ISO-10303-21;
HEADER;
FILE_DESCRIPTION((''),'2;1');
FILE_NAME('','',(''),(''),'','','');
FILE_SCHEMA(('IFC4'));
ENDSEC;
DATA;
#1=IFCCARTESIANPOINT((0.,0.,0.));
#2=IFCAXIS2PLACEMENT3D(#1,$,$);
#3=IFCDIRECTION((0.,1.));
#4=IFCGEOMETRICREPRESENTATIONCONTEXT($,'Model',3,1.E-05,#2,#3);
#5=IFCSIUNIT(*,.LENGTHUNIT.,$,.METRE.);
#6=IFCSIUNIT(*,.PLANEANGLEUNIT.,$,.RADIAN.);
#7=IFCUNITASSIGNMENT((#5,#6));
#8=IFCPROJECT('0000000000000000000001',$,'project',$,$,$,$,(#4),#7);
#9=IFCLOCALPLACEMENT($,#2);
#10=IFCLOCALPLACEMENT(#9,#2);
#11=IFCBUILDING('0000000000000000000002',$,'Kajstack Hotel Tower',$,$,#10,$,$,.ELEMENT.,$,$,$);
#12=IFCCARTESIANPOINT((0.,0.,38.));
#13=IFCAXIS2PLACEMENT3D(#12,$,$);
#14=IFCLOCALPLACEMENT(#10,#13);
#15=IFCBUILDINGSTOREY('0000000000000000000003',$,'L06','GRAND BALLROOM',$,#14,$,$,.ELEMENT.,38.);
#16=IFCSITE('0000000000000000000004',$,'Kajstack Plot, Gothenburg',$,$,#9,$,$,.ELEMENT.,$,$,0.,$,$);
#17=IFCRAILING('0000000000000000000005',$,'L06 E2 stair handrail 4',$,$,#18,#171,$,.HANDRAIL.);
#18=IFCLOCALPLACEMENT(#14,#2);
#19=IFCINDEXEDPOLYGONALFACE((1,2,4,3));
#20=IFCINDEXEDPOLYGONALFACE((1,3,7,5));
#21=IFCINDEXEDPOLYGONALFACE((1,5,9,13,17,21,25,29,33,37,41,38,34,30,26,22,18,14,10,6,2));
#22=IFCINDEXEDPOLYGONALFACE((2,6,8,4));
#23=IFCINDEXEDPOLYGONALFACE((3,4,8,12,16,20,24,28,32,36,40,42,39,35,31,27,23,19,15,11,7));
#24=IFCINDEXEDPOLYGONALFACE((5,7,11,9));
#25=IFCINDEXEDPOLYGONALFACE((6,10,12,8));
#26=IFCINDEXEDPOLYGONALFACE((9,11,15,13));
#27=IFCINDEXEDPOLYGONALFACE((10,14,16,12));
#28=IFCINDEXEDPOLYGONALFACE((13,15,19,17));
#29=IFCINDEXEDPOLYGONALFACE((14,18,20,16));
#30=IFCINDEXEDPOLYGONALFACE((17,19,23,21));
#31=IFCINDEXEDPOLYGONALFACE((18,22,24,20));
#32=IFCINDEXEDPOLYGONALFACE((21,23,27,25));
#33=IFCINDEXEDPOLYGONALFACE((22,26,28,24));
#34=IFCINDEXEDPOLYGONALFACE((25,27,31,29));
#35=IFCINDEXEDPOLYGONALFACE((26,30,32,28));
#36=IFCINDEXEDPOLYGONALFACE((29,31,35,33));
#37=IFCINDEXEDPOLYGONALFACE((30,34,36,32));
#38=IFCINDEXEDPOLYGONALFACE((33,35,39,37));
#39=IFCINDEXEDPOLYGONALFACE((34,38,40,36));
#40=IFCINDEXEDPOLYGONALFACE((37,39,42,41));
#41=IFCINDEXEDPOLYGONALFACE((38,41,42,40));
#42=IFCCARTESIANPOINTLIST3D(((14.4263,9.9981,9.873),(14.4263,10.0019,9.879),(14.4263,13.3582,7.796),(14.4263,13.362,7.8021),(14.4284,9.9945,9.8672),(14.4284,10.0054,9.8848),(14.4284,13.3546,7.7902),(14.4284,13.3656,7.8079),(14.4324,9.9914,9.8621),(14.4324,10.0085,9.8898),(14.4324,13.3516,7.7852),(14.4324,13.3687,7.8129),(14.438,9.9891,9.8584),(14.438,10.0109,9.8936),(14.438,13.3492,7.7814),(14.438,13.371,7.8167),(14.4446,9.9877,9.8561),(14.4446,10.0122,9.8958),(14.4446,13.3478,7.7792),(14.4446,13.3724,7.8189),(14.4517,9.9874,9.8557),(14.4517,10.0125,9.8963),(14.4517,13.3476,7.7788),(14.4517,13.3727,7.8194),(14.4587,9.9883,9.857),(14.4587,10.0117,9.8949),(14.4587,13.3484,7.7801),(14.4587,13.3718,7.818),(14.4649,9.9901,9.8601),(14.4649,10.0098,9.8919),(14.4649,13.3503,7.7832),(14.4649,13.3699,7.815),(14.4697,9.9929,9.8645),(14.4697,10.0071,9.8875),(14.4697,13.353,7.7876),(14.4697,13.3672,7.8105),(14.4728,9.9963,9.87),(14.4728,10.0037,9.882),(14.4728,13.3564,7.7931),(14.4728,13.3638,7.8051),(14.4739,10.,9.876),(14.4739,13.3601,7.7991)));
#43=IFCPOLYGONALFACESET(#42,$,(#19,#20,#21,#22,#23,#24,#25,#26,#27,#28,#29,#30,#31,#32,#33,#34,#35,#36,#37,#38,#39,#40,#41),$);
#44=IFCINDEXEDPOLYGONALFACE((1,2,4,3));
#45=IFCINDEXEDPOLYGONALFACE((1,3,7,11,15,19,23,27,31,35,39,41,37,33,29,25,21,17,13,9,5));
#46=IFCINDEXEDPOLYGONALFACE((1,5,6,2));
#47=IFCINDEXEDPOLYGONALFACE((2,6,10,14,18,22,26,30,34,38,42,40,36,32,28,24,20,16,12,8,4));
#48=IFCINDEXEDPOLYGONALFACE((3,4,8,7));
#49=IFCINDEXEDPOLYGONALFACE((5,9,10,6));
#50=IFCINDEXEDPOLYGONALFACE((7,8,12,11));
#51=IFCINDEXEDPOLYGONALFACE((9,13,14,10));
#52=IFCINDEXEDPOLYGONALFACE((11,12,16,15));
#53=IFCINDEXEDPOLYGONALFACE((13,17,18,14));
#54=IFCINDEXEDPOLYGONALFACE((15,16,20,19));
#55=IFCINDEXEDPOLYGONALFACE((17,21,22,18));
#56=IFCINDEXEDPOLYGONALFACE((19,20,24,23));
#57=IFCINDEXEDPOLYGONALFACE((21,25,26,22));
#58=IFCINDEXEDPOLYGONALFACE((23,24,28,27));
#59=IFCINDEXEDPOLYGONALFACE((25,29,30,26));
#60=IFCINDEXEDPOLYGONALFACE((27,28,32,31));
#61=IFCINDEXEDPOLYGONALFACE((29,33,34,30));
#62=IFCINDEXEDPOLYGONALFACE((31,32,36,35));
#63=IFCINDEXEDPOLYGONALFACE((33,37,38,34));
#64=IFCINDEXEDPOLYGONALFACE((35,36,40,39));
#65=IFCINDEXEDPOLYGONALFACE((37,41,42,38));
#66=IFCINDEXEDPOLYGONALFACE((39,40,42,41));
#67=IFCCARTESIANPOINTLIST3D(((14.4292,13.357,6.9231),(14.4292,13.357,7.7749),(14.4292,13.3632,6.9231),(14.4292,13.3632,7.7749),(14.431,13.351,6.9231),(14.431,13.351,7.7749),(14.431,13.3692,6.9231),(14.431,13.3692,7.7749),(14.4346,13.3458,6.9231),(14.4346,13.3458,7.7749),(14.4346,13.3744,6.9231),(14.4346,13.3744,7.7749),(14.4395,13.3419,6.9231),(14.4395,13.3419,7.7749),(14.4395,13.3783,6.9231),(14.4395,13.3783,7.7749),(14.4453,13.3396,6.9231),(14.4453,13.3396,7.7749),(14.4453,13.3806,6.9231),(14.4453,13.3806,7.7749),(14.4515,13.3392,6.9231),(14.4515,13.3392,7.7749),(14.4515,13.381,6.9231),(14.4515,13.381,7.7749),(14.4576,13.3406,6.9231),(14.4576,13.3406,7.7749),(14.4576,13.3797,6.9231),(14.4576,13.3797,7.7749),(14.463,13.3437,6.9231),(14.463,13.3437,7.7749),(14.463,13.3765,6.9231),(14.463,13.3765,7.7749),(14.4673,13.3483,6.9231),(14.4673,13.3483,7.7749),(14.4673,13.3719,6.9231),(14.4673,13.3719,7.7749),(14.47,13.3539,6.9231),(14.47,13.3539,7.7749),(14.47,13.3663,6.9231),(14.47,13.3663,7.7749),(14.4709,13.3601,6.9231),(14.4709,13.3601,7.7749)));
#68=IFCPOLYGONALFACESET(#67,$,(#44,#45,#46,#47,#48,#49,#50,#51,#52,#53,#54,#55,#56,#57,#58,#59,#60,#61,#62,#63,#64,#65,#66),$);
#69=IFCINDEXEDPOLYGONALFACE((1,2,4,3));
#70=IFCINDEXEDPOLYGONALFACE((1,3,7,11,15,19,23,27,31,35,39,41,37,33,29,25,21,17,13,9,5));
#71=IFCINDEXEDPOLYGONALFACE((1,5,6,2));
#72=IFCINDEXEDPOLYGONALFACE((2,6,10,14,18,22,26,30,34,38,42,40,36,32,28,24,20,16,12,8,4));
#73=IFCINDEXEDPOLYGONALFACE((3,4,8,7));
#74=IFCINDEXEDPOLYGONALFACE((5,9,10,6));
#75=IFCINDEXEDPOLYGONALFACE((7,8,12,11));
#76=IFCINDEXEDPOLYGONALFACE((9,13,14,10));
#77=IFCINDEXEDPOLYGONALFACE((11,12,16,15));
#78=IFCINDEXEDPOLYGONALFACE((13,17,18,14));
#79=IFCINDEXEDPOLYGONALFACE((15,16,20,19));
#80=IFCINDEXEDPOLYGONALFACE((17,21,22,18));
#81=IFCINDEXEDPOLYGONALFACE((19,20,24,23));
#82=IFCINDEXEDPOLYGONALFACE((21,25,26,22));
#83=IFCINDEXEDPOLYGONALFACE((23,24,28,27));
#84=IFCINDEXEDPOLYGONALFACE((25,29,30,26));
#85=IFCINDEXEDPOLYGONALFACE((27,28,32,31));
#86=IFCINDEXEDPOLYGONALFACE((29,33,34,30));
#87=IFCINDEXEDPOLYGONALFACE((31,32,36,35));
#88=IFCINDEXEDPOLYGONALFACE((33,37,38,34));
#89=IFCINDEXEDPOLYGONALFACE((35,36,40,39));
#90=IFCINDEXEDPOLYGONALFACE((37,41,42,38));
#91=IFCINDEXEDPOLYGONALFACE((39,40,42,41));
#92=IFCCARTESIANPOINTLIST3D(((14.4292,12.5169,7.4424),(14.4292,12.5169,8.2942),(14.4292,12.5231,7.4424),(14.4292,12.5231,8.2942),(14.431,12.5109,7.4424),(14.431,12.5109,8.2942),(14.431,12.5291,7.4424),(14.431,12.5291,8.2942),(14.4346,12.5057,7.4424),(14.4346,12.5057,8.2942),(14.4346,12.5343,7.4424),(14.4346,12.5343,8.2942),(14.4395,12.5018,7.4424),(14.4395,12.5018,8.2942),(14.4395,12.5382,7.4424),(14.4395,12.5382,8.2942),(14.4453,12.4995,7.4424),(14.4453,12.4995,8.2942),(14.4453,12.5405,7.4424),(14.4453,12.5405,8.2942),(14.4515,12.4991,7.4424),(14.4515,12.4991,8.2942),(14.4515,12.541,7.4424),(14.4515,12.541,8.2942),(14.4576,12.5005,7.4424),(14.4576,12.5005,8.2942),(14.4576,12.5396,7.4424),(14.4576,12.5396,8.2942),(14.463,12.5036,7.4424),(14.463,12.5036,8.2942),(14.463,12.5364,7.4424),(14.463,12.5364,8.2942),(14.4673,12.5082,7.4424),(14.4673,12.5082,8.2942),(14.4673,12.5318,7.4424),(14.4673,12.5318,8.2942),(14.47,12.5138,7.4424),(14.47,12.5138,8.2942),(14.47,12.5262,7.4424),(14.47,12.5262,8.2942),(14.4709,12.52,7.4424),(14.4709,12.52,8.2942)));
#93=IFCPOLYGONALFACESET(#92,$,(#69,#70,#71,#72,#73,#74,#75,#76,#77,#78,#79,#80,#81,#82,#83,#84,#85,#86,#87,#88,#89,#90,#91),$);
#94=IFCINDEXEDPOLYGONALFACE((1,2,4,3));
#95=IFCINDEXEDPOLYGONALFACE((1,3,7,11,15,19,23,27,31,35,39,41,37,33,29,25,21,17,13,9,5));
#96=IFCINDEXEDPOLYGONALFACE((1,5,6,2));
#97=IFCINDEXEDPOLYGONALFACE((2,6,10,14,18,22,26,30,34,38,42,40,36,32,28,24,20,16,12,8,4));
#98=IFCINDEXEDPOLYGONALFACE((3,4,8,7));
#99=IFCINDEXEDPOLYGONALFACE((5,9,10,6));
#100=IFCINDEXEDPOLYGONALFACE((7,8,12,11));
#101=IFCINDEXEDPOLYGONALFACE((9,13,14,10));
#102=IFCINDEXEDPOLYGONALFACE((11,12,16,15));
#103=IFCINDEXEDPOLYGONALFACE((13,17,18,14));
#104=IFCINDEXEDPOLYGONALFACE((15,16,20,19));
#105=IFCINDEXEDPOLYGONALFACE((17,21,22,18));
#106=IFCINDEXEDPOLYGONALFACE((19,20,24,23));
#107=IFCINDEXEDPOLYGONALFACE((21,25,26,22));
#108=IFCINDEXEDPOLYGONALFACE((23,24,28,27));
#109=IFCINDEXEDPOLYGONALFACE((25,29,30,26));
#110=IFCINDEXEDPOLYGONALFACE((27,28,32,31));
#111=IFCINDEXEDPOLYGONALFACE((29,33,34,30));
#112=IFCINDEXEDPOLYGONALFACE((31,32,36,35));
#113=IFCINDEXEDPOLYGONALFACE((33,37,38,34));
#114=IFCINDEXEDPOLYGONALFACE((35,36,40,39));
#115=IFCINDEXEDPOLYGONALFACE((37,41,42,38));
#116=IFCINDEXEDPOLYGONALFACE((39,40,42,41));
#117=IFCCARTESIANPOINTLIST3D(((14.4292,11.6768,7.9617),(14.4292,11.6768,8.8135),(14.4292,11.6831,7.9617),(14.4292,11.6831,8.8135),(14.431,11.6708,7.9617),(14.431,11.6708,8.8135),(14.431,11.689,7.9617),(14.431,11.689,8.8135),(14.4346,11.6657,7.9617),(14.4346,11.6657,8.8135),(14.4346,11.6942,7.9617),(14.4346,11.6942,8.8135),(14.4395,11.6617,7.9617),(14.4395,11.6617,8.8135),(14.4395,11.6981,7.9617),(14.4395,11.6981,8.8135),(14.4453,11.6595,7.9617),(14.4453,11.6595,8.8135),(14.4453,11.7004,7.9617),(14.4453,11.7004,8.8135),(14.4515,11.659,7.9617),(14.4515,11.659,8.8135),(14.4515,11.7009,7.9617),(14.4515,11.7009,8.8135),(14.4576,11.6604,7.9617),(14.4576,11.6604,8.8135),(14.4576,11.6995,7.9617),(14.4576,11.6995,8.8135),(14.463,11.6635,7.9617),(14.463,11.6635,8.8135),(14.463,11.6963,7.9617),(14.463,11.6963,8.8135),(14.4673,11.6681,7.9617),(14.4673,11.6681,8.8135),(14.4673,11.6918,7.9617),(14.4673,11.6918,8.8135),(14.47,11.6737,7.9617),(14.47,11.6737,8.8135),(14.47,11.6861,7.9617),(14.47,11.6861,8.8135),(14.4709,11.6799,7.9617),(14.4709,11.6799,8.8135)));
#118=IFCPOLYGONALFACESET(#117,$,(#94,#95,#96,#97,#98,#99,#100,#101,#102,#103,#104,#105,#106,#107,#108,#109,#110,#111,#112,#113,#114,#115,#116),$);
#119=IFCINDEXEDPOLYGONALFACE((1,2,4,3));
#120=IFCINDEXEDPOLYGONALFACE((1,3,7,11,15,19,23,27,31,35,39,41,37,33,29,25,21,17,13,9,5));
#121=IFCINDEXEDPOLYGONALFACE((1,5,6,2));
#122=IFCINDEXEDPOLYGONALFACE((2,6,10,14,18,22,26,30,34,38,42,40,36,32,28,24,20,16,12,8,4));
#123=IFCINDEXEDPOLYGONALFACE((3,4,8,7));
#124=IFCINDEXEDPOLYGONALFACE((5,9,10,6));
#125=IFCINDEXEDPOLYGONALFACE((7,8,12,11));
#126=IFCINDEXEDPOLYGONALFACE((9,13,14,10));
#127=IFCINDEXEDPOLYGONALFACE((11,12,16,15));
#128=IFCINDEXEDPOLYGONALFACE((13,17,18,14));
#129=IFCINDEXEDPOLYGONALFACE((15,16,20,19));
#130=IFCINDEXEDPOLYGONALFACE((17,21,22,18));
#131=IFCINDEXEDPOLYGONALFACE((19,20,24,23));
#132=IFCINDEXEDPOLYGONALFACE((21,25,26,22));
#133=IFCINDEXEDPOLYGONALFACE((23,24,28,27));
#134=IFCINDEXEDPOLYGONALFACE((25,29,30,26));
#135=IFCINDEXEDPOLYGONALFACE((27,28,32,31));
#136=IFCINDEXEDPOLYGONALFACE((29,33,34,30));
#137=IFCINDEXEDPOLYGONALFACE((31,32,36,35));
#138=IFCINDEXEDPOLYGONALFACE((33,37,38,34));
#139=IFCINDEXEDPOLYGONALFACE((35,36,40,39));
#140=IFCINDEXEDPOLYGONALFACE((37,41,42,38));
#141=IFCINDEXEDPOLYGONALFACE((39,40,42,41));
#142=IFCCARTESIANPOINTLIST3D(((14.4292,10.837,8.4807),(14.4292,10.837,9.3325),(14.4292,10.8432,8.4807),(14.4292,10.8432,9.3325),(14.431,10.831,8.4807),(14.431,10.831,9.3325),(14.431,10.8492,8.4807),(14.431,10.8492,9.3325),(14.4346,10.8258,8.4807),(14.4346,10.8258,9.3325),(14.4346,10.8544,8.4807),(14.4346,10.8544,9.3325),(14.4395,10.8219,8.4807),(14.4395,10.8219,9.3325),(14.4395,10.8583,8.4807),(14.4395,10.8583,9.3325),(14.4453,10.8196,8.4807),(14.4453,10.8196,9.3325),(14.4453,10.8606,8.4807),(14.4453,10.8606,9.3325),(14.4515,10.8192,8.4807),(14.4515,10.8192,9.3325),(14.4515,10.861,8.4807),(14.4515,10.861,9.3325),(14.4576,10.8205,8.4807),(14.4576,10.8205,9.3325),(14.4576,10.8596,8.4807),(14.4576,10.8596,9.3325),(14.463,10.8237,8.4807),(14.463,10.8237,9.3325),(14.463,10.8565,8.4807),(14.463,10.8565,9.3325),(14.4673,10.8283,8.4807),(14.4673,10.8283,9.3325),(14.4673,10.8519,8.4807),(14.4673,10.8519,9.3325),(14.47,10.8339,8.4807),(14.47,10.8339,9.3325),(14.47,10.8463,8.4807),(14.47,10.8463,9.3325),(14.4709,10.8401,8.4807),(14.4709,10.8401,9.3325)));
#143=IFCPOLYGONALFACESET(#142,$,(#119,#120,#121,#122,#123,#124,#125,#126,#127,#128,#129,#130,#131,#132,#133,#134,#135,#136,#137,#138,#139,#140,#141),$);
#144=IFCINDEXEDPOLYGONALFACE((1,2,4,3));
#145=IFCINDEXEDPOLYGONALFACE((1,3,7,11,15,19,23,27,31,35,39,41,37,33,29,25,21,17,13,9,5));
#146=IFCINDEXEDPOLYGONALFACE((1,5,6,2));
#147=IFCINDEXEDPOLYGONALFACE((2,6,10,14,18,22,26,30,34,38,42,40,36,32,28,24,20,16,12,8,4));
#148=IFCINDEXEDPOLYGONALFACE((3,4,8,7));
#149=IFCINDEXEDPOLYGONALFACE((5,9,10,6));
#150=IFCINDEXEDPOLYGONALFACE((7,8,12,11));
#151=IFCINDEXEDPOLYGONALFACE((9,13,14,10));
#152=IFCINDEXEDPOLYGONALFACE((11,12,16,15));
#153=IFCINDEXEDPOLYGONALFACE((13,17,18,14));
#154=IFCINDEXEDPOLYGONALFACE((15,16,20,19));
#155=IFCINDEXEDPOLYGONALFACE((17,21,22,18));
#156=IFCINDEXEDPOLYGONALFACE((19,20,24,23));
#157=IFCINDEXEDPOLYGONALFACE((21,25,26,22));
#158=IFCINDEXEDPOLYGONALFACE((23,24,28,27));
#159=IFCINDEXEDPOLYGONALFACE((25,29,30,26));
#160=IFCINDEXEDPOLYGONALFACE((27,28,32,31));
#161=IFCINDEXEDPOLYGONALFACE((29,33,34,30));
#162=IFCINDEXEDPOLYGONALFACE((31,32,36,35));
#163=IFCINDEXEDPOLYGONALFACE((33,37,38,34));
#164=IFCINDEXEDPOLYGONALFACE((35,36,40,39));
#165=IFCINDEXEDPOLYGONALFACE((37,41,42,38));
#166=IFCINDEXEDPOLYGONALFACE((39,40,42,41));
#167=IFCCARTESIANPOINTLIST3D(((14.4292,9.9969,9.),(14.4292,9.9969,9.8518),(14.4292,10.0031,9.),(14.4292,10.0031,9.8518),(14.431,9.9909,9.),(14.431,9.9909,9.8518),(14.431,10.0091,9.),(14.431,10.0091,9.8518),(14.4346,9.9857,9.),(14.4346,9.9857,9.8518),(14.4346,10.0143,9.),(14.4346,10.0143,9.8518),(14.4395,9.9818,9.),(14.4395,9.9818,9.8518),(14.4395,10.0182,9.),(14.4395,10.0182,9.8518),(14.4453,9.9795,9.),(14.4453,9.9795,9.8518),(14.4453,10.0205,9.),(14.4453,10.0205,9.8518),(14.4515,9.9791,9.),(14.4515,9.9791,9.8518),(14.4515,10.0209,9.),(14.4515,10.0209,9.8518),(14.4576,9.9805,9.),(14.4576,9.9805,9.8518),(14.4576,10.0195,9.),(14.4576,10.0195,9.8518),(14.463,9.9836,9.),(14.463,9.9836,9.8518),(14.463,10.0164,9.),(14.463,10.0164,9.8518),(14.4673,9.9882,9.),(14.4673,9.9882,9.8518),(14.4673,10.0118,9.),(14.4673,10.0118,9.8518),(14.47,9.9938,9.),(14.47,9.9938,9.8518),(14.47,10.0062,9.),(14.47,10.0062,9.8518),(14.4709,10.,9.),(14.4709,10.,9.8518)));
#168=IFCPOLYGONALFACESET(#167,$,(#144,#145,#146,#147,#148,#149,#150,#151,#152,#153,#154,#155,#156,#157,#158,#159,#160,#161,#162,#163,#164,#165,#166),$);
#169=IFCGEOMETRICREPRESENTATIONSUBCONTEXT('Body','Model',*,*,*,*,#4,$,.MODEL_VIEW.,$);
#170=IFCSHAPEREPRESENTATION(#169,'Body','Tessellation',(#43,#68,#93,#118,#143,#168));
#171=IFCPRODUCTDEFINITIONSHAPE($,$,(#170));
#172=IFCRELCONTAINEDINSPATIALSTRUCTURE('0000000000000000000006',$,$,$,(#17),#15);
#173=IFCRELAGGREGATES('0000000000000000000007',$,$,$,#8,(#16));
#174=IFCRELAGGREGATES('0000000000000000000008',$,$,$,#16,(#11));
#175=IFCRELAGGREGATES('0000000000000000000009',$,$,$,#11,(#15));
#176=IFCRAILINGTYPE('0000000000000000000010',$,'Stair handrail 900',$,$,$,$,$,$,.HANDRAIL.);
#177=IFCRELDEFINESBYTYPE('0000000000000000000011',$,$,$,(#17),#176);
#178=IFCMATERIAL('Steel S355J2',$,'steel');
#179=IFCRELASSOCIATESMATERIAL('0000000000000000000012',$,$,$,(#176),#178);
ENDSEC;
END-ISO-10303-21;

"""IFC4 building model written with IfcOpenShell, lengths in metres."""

from ifc_helpers import new_model, si_unit, direction, frame, origin, origin_2d, place, context, subcontext, project, spatial, circle, extrude, material, type_object, element, save


model = new_model("IFC4")

# Units and contexts
model_context = context("Model", 3, precision=1e-05, world=origin(), true_north=direction((0.0, 1.0)))
body_context = subcontext(model_context, "Body", "Model", "MODEL_VIEW")
ifc_project = project(units=[si_unit("LENGTHUNIT", "METRE"), si_unit("PLANEANGLEUNIT", "RADIAN")], contexts=[model_context])

# Site, building, storey
site_placement = place(None, origin())
site = spatial("IfcSite", under=ifc_project, at=site_placement, Name="Kajstack Plot, Gothenburg", CompositionType="ELEMENT", RefElevation=0.0)
building_placement = place(site_placement, origin())
building = spatial("IfcBuilding", under=site, at=building_placement, Name="Kajstack Hotel Tower", CompositionType="ELEMENT")
storey_placement = place(building_placement, frame((0.0, 0.0, 38.0)))
storey = spatial("IfcBuildingStorey", under=building, at=storey_placement, Name="L06", Description="GRAND BALLROOM", CompositionType="ELEMENT", Elevation=38.0)

# Railing
ifc_material_1 = material(Name="Steel S355J2", Category="steel")
railing_type = type_object("IfcRailingType", Name="Stair handrail 900", PredefinedType="HANDRAIL", material=ifc_material_1)
for number, where, name in (
    (1, (14.45, 13.3601, 6.9231), "L06 E2 stair handrail 4"),
):
    element("IfcRailing", number, at=place(storey_placement, frame(where)), inside=storey, type_object=railing_type, Name=name, PredefinedType="HANDRAIL", context=body_context, shape_type="SweptSolid", body=[
        extrude(circle(Radius=0.0239, at=origin_2d()), frame((0.0, 0.0, 0.876), z_axis=(0.0, -0.850623, 0.525776), x_axis=(1.0, 0.0, 0.0)), (0.0, 0.0, 1.0), 3.9502),
        extrude(circle(Radius=0.021, at=origin_2d()), origin(), (0.0, 0.0, 1.0), 0.8518),
        extrude(circle(Radius=0.021, at=origin_2d()), frame((0.0, -0.8401, 0.5193)), (0.0, 0.0, 1.0), 0.8518),
        extrude(circle(Radius=0.021, at=origin_2d()), frame((0.0, -1.6802, 1.0386)), (0.0, 0.0, 1.0), 0.8518),
        extrude(circle(Radius=0.021, at=origin_2d()), frame((0.0, -2.52, 1.5576)), (0.0, 0.0, 1.0), 0.8518),
        extrude(circle(Radius=0.021, at=origin_2d()), frame((0.0, -3.3601, 2.0769)), (0.0, 0.0, 1.0), 0.8518),
    ])

save(model, "model.ifc")
